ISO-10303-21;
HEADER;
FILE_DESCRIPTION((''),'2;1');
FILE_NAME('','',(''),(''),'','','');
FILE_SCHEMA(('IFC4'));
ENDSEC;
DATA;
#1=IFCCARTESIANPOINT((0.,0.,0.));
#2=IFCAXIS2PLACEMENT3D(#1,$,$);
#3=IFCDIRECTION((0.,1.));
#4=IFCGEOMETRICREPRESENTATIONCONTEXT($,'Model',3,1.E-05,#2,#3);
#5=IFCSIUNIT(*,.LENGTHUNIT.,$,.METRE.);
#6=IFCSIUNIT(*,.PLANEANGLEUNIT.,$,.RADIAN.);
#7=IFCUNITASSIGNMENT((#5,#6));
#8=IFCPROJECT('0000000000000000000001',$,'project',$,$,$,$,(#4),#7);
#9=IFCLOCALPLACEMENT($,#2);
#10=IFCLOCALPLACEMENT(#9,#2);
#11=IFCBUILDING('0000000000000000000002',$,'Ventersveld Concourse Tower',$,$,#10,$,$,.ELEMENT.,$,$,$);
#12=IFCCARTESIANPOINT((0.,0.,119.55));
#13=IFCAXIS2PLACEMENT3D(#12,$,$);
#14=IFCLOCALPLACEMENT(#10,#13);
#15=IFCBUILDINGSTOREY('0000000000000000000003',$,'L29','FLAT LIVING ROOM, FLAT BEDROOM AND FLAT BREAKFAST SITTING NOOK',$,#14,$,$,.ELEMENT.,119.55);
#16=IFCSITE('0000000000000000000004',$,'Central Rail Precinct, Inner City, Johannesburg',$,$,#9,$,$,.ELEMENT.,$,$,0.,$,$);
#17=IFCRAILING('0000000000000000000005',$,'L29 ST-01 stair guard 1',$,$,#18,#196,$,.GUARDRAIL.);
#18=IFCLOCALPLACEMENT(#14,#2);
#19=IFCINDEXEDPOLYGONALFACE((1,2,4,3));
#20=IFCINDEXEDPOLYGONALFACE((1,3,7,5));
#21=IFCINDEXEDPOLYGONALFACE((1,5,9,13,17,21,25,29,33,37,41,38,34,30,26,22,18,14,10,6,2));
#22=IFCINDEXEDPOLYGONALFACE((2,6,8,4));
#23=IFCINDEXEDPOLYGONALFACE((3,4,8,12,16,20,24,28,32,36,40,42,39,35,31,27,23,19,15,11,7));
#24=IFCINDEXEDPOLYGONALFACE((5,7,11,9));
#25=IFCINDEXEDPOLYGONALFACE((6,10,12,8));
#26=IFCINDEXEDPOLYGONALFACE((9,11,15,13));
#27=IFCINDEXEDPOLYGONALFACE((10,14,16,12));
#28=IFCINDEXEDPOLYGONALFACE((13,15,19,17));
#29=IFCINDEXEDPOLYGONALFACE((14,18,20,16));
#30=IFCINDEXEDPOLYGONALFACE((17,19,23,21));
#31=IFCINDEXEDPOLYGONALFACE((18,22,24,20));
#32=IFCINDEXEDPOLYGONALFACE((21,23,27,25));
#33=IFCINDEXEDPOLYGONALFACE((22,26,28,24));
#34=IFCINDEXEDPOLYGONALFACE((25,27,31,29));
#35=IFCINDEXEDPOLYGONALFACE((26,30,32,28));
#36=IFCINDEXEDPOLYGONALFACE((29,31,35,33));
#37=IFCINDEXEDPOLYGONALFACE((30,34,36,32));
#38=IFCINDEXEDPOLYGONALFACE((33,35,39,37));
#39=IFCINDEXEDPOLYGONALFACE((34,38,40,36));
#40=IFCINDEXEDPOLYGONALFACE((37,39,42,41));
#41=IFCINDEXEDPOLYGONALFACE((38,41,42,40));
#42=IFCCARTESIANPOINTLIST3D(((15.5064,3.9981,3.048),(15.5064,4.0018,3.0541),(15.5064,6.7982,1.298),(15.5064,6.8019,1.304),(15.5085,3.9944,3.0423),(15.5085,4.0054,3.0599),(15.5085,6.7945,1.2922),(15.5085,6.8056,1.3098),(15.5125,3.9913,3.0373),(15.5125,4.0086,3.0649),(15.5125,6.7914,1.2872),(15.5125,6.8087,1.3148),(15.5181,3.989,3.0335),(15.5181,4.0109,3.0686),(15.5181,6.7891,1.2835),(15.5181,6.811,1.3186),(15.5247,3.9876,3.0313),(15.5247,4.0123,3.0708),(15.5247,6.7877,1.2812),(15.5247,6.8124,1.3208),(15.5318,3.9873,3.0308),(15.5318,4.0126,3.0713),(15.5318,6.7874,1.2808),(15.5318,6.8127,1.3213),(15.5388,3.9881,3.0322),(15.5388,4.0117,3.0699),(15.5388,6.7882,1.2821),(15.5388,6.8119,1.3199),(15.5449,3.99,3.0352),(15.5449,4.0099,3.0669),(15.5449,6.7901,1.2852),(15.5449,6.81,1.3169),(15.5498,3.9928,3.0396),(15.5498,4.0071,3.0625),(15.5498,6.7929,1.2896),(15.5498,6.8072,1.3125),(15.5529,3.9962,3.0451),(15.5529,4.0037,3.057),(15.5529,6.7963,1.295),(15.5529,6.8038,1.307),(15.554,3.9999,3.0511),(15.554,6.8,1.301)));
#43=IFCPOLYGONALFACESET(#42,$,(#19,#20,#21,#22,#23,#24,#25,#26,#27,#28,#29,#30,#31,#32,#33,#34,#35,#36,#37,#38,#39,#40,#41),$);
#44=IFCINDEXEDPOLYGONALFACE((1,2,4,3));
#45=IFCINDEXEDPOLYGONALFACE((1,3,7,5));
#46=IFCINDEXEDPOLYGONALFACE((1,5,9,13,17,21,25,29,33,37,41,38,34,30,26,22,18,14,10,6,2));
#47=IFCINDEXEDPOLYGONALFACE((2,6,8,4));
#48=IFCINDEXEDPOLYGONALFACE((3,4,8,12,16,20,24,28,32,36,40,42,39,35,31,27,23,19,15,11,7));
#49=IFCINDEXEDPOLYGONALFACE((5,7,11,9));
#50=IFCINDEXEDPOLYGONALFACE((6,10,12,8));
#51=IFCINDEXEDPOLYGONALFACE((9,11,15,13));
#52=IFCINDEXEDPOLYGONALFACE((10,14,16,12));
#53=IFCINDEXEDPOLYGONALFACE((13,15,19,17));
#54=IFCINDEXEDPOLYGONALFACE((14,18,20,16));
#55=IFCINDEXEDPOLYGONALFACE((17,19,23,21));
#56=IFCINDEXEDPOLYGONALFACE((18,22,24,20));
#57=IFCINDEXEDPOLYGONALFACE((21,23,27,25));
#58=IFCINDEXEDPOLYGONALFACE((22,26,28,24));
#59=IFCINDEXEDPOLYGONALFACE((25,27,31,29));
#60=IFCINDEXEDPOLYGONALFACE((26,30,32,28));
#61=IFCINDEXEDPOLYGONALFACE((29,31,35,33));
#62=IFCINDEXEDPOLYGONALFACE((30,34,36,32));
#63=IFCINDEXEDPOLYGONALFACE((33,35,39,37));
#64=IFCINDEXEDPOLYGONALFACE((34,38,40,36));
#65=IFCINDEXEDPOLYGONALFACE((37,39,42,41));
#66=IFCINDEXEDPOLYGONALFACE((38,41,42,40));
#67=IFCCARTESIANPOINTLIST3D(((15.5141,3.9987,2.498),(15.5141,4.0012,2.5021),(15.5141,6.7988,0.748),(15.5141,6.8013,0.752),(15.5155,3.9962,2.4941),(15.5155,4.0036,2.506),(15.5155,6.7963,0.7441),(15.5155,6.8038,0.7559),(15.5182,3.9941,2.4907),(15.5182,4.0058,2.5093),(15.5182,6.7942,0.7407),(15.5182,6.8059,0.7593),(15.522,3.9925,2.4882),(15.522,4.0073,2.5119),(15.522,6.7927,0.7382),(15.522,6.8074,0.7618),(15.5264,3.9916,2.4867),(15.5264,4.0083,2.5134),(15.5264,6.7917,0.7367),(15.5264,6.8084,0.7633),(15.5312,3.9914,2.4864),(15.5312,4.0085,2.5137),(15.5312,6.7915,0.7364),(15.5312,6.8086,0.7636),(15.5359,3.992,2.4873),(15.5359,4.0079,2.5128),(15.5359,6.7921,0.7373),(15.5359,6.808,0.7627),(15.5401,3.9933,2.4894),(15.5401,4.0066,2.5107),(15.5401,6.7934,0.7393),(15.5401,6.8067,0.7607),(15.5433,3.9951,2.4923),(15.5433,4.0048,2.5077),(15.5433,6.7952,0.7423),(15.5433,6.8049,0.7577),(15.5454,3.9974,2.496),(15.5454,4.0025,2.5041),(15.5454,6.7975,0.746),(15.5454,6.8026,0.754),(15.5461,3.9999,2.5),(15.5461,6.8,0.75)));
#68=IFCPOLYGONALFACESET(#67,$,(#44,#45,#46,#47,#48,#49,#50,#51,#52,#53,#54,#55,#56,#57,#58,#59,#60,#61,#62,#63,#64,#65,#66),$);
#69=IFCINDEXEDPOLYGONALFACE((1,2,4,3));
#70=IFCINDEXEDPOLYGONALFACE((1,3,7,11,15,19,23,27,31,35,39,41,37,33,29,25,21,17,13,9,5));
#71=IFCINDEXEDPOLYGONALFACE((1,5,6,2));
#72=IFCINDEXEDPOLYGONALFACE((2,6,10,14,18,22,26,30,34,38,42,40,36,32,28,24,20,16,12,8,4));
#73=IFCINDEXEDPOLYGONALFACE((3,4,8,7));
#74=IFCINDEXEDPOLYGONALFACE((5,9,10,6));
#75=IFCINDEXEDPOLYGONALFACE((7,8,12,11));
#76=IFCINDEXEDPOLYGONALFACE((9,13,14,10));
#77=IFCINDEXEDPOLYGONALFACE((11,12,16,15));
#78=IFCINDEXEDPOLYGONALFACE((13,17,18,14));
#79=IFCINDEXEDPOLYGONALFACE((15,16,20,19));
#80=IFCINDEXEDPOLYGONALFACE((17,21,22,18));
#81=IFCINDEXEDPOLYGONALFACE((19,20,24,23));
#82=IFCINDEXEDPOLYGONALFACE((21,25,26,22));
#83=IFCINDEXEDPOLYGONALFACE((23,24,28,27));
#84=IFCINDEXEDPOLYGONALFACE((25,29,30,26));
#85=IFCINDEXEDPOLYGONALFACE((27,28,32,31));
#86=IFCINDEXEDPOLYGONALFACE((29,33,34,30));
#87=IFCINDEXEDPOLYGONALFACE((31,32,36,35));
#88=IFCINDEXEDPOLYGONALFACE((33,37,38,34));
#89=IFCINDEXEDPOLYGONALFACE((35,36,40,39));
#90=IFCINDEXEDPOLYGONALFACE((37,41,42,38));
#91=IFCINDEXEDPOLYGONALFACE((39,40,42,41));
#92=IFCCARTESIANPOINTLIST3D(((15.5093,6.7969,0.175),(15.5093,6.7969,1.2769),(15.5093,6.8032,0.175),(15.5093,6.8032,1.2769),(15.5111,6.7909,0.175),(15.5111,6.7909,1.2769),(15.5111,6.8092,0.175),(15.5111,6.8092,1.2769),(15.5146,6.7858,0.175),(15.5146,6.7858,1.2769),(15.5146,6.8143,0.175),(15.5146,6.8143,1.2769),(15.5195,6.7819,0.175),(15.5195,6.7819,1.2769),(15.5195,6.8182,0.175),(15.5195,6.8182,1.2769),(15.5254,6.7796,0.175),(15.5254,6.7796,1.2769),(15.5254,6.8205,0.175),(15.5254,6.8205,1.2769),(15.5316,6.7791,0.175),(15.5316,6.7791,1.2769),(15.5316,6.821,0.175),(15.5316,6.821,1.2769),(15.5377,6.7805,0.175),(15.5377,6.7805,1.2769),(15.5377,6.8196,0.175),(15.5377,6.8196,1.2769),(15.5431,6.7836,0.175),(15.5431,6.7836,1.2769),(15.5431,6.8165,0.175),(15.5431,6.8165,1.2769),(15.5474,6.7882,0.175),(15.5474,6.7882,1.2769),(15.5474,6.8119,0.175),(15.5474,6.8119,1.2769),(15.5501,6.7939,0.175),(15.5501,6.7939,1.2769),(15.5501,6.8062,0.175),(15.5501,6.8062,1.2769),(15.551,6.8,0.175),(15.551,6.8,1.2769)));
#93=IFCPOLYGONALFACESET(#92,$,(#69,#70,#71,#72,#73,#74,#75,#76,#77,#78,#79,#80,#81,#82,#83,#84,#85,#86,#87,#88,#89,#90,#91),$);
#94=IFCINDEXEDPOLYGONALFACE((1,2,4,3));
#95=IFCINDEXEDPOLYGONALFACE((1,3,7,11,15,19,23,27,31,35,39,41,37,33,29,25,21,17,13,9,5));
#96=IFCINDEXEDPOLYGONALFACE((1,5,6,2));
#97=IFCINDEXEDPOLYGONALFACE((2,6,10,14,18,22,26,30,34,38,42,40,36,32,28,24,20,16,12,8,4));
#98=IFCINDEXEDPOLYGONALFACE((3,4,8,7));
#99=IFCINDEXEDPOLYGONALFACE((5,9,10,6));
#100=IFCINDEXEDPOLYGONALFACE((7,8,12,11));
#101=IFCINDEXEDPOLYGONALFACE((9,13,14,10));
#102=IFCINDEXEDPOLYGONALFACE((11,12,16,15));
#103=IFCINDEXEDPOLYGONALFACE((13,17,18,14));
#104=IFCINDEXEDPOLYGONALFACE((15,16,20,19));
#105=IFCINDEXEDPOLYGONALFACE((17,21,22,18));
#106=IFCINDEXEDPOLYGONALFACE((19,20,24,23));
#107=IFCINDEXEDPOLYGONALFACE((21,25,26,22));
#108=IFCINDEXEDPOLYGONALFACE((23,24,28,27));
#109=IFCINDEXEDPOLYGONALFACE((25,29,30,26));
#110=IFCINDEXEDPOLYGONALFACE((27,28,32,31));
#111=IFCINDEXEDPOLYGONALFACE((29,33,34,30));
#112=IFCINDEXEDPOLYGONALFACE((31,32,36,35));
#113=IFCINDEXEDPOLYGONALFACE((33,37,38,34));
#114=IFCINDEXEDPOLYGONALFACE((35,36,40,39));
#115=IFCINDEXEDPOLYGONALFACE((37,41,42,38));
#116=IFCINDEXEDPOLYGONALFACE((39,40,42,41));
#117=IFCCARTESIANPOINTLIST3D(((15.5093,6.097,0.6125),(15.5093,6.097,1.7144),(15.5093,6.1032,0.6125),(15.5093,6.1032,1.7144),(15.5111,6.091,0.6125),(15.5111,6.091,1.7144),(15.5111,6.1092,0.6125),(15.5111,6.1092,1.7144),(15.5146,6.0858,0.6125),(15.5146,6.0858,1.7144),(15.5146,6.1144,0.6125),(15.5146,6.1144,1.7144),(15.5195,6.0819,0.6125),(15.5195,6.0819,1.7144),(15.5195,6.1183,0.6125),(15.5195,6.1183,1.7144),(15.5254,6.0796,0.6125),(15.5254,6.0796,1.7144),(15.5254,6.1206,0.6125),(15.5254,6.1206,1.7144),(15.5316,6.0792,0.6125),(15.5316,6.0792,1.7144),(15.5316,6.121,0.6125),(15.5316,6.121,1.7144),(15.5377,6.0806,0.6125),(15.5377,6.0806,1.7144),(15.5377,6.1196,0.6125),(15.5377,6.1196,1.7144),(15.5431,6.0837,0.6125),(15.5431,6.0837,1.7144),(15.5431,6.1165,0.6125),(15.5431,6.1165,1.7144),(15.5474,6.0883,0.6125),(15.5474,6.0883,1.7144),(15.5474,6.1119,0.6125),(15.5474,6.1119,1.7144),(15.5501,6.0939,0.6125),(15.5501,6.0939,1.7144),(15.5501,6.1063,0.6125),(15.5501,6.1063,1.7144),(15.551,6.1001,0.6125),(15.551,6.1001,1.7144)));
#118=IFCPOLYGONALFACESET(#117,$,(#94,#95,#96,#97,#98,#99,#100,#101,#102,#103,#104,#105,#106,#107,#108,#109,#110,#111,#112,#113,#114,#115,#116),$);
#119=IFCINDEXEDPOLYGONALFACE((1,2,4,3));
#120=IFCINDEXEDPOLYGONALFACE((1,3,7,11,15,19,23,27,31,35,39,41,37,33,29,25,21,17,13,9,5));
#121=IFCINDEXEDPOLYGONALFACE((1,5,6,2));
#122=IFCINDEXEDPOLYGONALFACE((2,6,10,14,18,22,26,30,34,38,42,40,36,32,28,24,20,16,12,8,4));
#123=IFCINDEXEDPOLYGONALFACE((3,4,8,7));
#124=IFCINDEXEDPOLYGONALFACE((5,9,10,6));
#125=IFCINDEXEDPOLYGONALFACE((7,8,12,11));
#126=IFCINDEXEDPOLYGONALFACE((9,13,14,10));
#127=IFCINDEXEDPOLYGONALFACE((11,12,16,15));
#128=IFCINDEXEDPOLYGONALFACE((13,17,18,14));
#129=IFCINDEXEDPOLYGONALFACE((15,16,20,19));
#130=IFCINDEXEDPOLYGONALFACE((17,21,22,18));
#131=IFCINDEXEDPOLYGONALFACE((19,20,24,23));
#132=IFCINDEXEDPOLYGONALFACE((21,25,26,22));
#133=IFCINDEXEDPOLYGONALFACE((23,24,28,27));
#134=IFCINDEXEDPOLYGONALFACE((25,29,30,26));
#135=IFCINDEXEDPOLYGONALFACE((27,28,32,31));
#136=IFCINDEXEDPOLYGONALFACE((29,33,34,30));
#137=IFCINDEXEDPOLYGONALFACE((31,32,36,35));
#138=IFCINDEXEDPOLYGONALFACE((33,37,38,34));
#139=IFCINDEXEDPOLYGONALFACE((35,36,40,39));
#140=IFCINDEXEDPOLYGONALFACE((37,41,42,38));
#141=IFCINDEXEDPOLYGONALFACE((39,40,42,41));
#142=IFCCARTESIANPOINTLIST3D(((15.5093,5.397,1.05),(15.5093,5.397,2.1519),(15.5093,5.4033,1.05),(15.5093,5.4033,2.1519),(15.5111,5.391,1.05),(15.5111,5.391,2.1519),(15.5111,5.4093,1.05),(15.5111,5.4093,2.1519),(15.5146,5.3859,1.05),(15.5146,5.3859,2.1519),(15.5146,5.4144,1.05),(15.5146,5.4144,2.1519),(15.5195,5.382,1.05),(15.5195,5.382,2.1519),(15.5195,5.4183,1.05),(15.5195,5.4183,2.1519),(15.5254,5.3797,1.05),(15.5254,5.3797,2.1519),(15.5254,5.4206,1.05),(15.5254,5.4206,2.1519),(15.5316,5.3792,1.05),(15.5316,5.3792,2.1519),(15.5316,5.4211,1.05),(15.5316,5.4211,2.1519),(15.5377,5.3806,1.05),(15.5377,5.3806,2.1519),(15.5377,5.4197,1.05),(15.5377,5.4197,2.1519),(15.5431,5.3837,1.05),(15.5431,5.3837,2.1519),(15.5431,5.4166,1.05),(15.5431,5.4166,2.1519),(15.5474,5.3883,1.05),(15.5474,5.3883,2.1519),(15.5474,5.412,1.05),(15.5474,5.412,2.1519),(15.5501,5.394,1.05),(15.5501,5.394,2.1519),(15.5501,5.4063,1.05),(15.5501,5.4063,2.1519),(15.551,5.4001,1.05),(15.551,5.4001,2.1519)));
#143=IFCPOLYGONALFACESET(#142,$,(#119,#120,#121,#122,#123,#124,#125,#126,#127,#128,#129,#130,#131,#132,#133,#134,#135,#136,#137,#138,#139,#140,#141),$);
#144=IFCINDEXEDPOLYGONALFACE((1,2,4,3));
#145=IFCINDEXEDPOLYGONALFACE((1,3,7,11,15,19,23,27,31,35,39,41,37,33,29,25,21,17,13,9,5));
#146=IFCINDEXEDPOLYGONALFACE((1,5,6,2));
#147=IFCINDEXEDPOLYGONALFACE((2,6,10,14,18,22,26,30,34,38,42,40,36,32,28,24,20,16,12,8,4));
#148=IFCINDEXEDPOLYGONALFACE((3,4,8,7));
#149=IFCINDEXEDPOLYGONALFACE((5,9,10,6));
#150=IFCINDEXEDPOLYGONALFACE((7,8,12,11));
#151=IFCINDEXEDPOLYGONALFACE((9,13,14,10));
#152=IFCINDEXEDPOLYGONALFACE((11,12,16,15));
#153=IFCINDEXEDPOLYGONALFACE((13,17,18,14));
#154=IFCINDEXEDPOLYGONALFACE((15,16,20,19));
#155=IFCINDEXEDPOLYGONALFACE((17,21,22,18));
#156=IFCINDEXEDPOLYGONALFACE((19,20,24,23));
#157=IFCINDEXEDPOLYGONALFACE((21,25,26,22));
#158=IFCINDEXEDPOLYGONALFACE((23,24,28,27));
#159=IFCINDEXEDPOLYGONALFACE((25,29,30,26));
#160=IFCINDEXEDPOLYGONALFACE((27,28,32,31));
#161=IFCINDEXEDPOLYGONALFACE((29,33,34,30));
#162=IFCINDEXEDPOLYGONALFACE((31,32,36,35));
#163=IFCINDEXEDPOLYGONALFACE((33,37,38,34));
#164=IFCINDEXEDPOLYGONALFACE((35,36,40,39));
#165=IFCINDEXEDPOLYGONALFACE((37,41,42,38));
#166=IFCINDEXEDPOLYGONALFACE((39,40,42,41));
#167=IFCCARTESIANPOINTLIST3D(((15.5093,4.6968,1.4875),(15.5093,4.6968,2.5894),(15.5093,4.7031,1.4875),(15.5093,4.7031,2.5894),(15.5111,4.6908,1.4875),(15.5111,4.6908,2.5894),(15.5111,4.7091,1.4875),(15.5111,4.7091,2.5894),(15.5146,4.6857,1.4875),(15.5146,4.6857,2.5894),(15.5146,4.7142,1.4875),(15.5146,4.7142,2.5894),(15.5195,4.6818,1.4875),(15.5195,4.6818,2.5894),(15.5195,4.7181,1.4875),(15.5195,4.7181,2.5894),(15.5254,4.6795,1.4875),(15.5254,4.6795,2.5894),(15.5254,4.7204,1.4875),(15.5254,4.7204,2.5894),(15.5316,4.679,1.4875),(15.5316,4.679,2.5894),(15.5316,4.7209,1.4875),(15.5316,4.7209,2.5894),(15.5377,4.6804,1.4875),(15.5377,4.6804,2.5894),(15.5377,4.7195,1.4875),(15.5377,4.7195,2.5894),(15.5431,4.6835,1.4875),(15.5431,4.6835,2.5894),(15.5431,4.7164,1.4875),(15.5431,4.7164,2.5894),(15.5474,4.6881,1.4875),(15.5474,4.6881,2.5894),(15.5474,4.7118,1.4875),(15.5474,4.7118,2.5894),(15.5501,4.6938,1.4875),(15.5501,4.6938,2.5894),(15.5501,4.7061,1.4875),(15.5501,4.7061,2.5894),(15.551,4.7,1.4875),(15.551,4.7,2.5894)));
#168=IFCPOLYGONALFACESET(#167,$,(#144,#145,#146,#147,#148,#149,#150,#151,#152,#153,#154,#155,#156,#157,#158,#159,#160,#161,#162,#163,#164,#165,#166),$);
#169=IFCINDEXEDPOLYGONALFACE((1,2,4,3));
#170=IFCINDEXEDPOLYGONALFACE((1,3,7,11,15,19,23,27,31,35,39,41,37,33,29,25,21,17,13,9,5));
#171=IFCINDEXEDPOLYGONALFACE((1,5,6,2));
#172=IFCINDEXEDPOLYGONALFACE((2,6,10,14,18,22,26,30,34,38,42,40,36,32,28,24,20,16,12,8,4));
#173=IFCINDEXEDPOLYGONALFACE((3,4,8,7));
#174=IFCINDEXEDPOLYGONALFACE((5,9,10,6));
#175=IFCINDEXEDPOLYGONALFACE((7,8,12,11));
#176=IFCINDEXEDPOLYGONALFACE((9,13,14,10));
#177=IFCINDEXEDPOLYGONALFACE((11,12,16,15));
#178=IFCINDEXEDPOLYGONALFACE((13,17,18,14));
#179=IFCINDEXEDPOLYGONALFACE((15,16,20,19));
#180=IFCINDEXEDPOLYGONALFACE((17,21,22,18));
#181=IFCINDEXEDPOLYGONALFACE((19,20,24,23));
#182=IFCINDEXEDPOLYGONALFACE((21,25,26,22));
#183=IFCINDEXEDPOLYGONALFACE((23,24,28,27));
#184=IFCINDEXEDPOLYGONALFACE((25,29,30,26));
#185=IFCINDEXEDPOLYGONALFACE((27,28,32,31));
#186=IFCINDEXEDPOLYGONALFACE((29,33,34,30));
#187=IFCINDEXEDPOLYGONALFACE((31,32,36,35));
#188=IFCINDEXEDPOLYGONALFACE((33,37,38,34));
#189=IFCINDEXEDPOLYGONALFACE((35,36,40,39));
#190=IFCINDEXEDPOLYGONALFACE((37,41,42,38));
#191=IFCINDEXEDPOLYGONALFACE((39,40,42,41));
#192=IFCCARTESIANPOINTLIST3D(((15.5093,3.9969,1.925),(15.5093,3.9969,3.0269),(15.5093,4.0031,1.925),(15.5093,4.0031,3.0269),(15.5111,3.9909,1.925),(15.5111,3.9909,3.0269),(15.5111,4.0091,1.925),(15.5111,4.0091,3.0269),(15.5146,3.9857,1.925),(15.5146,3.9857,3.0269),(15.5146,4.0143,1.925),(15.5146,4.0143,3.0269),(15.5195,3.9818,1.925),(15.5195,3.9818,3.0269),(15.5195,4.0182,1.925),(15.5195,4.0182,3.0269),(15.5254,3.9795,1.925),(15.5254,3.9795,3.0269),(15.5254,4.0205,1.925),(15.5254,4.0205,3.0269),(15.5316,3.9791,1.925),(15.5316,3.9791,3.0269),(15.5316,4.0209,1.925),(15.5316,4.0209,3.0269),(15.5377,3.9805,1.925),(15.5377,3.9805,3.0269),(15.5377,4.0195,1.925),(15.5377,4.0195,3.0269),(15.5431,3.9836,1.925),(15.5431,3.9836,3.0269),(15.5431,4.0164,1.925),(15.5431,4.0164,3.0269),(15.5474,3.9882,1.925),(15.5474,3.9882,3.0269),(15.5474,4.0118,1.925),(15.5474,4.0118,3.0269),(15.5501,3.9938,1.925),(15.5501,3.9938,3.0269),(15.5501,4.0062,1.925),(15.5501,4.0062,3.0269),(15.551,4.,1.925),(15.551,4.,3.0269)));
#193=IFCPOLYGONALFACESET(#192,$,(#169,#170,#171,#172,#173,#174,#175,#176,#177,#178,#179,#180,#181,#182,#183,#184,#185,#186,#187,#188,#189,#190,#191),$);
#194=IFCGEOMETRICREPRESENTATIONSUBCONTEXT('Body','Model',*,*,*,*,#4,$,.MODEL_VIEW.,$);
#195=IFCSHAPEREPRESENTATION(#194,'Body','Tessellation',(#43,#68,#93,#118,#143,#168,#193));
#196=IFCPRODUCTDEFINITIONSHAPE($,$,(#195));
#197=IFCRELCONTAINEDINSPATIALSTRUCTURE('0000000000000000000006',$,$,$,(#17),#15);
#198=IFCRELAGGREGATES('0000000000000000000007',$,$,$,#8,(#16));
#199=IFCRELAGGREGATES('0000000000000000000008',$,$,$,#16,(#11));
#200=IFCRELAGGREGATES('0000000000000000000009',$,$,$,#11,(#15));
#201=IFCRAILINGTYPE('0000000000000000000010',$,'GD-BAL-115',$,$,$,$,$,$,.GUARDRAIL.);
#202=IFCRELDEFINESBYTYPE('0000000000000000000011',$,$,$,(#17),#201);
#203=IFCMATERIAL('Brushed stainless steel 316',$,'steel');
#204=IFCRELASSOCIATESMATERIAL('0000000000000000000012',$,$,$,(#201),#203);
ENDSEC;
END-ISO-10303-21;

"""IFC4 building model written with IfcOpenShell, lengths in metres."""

from ifc_helpers import new_model, si_unit, direction, frame, origin, origin_2d, place, context, subcontext, project, spatial, circle, extrude, material, type_object, element, save


model = new_model("IFC4")

# Units and contexts
model_context = context("Model", 3, precision=1e-05, world=origin(), true_north=direction((0.0, 1.0)))
body_context = subcontext(model_context, "Body", "Model", "MODEL_VIEW")
ifc_project = project(units=[si_unit("LENGTHUNIT", "METRE"), si_unit("PLANEANGLEUNIT", "RADIAN")], contexts=[model_context])

# Site, building, storey
site_placement = place(None, origin())
site = spatial("IfcSite", under=ifc_project, at=site_placement, Name="Central Rail Precinct, Inner City, Johannesburg", CompositionType="ELEMENT", RefElevation=0.0)
building_placement = place(site_placement, origin())
building = spatial("IfcBuilding", under=site, at=building_placement, Name="Ventersveld Concourse Tower", CompositionType="ELEMENT")
storey_placement = place(building_placement, frame((0.0, 0.0, 119.55)))
storey = spatial("IfcBuildingStorey", under=building, at=storey_placement, Name="L29", Description="FLAT LIVING ROOM, FLAT BEDROOM AND FLAT BREAKFAST SITTING NOOK", CompositionType="ELEMENT", Elevation=119.55)

# Railing
ifc_material_1 = material(Name="Brushed stainless steel 316", Category="steel")
railing_type_1 = type_object("IfcRailingType", Name="GD-BAL-115", PredefinedType="GUARDRAIL", material=ifc_material_1)
railing_1_placement = place(storey_placement, frame((15.53, 6.8, 0.175)))
element("IfcRailing", 1, at=railing_1_placement, inside=storey, type_object=railing_type_1, Name="L29 ST-01 stair guard 1", PredefinedType="GUARDRAIL", context=body_context, shape_type="SweptSolid", body=[
    extrude(circle(Radius=0.0239, at=origin_2d()), frame((0.0, 0.0, 1.126), z_axis=(0.0, -0.848002, 0.529992), x_axis=(1.0, 0.0, 0.0)), (0.0, 0.0, 1.0), 3.302),
    extrude(circle(Radius=0.0161, at=origin_2d()), frame((0.0, 0.0, 0.575), z_axis=(0.0, -0.848002, 0.529992), x_axis=(1.0, 0.0, 0.0)), (0.0, 0.0, 1.0), 3.302),
    extrude(circle(Radius=0.021, at=origin_2d()), origin(), (0.0, 0.0, 1.0), 1.1018),
    extrude(circle(Radius=0.021, at=origin_2d()), frame((0.0, -0.7, 0.4375)), (0.0, 0.0, 1.0), 1.1018),
    extrude(circle(Radius=0.021, at=origin_2d()), frame((0.0, -1.3999, 0.875)), (0.0, 0.0, 1.0), 1.1018),
    extrude(circle(Radius=0.021, at=origin_2d()), frame((0.0, -2.1001, 1.3125)), (0.0, 0.0, 1.0), 1.1018),
    extrude(circle(Radius=0.021, at=origin_2d()), frame((0.0, -2.8, 1.75)), (0.0, 0.0, 1.0), 1.1018),
])

save(model, "model.ifc")
